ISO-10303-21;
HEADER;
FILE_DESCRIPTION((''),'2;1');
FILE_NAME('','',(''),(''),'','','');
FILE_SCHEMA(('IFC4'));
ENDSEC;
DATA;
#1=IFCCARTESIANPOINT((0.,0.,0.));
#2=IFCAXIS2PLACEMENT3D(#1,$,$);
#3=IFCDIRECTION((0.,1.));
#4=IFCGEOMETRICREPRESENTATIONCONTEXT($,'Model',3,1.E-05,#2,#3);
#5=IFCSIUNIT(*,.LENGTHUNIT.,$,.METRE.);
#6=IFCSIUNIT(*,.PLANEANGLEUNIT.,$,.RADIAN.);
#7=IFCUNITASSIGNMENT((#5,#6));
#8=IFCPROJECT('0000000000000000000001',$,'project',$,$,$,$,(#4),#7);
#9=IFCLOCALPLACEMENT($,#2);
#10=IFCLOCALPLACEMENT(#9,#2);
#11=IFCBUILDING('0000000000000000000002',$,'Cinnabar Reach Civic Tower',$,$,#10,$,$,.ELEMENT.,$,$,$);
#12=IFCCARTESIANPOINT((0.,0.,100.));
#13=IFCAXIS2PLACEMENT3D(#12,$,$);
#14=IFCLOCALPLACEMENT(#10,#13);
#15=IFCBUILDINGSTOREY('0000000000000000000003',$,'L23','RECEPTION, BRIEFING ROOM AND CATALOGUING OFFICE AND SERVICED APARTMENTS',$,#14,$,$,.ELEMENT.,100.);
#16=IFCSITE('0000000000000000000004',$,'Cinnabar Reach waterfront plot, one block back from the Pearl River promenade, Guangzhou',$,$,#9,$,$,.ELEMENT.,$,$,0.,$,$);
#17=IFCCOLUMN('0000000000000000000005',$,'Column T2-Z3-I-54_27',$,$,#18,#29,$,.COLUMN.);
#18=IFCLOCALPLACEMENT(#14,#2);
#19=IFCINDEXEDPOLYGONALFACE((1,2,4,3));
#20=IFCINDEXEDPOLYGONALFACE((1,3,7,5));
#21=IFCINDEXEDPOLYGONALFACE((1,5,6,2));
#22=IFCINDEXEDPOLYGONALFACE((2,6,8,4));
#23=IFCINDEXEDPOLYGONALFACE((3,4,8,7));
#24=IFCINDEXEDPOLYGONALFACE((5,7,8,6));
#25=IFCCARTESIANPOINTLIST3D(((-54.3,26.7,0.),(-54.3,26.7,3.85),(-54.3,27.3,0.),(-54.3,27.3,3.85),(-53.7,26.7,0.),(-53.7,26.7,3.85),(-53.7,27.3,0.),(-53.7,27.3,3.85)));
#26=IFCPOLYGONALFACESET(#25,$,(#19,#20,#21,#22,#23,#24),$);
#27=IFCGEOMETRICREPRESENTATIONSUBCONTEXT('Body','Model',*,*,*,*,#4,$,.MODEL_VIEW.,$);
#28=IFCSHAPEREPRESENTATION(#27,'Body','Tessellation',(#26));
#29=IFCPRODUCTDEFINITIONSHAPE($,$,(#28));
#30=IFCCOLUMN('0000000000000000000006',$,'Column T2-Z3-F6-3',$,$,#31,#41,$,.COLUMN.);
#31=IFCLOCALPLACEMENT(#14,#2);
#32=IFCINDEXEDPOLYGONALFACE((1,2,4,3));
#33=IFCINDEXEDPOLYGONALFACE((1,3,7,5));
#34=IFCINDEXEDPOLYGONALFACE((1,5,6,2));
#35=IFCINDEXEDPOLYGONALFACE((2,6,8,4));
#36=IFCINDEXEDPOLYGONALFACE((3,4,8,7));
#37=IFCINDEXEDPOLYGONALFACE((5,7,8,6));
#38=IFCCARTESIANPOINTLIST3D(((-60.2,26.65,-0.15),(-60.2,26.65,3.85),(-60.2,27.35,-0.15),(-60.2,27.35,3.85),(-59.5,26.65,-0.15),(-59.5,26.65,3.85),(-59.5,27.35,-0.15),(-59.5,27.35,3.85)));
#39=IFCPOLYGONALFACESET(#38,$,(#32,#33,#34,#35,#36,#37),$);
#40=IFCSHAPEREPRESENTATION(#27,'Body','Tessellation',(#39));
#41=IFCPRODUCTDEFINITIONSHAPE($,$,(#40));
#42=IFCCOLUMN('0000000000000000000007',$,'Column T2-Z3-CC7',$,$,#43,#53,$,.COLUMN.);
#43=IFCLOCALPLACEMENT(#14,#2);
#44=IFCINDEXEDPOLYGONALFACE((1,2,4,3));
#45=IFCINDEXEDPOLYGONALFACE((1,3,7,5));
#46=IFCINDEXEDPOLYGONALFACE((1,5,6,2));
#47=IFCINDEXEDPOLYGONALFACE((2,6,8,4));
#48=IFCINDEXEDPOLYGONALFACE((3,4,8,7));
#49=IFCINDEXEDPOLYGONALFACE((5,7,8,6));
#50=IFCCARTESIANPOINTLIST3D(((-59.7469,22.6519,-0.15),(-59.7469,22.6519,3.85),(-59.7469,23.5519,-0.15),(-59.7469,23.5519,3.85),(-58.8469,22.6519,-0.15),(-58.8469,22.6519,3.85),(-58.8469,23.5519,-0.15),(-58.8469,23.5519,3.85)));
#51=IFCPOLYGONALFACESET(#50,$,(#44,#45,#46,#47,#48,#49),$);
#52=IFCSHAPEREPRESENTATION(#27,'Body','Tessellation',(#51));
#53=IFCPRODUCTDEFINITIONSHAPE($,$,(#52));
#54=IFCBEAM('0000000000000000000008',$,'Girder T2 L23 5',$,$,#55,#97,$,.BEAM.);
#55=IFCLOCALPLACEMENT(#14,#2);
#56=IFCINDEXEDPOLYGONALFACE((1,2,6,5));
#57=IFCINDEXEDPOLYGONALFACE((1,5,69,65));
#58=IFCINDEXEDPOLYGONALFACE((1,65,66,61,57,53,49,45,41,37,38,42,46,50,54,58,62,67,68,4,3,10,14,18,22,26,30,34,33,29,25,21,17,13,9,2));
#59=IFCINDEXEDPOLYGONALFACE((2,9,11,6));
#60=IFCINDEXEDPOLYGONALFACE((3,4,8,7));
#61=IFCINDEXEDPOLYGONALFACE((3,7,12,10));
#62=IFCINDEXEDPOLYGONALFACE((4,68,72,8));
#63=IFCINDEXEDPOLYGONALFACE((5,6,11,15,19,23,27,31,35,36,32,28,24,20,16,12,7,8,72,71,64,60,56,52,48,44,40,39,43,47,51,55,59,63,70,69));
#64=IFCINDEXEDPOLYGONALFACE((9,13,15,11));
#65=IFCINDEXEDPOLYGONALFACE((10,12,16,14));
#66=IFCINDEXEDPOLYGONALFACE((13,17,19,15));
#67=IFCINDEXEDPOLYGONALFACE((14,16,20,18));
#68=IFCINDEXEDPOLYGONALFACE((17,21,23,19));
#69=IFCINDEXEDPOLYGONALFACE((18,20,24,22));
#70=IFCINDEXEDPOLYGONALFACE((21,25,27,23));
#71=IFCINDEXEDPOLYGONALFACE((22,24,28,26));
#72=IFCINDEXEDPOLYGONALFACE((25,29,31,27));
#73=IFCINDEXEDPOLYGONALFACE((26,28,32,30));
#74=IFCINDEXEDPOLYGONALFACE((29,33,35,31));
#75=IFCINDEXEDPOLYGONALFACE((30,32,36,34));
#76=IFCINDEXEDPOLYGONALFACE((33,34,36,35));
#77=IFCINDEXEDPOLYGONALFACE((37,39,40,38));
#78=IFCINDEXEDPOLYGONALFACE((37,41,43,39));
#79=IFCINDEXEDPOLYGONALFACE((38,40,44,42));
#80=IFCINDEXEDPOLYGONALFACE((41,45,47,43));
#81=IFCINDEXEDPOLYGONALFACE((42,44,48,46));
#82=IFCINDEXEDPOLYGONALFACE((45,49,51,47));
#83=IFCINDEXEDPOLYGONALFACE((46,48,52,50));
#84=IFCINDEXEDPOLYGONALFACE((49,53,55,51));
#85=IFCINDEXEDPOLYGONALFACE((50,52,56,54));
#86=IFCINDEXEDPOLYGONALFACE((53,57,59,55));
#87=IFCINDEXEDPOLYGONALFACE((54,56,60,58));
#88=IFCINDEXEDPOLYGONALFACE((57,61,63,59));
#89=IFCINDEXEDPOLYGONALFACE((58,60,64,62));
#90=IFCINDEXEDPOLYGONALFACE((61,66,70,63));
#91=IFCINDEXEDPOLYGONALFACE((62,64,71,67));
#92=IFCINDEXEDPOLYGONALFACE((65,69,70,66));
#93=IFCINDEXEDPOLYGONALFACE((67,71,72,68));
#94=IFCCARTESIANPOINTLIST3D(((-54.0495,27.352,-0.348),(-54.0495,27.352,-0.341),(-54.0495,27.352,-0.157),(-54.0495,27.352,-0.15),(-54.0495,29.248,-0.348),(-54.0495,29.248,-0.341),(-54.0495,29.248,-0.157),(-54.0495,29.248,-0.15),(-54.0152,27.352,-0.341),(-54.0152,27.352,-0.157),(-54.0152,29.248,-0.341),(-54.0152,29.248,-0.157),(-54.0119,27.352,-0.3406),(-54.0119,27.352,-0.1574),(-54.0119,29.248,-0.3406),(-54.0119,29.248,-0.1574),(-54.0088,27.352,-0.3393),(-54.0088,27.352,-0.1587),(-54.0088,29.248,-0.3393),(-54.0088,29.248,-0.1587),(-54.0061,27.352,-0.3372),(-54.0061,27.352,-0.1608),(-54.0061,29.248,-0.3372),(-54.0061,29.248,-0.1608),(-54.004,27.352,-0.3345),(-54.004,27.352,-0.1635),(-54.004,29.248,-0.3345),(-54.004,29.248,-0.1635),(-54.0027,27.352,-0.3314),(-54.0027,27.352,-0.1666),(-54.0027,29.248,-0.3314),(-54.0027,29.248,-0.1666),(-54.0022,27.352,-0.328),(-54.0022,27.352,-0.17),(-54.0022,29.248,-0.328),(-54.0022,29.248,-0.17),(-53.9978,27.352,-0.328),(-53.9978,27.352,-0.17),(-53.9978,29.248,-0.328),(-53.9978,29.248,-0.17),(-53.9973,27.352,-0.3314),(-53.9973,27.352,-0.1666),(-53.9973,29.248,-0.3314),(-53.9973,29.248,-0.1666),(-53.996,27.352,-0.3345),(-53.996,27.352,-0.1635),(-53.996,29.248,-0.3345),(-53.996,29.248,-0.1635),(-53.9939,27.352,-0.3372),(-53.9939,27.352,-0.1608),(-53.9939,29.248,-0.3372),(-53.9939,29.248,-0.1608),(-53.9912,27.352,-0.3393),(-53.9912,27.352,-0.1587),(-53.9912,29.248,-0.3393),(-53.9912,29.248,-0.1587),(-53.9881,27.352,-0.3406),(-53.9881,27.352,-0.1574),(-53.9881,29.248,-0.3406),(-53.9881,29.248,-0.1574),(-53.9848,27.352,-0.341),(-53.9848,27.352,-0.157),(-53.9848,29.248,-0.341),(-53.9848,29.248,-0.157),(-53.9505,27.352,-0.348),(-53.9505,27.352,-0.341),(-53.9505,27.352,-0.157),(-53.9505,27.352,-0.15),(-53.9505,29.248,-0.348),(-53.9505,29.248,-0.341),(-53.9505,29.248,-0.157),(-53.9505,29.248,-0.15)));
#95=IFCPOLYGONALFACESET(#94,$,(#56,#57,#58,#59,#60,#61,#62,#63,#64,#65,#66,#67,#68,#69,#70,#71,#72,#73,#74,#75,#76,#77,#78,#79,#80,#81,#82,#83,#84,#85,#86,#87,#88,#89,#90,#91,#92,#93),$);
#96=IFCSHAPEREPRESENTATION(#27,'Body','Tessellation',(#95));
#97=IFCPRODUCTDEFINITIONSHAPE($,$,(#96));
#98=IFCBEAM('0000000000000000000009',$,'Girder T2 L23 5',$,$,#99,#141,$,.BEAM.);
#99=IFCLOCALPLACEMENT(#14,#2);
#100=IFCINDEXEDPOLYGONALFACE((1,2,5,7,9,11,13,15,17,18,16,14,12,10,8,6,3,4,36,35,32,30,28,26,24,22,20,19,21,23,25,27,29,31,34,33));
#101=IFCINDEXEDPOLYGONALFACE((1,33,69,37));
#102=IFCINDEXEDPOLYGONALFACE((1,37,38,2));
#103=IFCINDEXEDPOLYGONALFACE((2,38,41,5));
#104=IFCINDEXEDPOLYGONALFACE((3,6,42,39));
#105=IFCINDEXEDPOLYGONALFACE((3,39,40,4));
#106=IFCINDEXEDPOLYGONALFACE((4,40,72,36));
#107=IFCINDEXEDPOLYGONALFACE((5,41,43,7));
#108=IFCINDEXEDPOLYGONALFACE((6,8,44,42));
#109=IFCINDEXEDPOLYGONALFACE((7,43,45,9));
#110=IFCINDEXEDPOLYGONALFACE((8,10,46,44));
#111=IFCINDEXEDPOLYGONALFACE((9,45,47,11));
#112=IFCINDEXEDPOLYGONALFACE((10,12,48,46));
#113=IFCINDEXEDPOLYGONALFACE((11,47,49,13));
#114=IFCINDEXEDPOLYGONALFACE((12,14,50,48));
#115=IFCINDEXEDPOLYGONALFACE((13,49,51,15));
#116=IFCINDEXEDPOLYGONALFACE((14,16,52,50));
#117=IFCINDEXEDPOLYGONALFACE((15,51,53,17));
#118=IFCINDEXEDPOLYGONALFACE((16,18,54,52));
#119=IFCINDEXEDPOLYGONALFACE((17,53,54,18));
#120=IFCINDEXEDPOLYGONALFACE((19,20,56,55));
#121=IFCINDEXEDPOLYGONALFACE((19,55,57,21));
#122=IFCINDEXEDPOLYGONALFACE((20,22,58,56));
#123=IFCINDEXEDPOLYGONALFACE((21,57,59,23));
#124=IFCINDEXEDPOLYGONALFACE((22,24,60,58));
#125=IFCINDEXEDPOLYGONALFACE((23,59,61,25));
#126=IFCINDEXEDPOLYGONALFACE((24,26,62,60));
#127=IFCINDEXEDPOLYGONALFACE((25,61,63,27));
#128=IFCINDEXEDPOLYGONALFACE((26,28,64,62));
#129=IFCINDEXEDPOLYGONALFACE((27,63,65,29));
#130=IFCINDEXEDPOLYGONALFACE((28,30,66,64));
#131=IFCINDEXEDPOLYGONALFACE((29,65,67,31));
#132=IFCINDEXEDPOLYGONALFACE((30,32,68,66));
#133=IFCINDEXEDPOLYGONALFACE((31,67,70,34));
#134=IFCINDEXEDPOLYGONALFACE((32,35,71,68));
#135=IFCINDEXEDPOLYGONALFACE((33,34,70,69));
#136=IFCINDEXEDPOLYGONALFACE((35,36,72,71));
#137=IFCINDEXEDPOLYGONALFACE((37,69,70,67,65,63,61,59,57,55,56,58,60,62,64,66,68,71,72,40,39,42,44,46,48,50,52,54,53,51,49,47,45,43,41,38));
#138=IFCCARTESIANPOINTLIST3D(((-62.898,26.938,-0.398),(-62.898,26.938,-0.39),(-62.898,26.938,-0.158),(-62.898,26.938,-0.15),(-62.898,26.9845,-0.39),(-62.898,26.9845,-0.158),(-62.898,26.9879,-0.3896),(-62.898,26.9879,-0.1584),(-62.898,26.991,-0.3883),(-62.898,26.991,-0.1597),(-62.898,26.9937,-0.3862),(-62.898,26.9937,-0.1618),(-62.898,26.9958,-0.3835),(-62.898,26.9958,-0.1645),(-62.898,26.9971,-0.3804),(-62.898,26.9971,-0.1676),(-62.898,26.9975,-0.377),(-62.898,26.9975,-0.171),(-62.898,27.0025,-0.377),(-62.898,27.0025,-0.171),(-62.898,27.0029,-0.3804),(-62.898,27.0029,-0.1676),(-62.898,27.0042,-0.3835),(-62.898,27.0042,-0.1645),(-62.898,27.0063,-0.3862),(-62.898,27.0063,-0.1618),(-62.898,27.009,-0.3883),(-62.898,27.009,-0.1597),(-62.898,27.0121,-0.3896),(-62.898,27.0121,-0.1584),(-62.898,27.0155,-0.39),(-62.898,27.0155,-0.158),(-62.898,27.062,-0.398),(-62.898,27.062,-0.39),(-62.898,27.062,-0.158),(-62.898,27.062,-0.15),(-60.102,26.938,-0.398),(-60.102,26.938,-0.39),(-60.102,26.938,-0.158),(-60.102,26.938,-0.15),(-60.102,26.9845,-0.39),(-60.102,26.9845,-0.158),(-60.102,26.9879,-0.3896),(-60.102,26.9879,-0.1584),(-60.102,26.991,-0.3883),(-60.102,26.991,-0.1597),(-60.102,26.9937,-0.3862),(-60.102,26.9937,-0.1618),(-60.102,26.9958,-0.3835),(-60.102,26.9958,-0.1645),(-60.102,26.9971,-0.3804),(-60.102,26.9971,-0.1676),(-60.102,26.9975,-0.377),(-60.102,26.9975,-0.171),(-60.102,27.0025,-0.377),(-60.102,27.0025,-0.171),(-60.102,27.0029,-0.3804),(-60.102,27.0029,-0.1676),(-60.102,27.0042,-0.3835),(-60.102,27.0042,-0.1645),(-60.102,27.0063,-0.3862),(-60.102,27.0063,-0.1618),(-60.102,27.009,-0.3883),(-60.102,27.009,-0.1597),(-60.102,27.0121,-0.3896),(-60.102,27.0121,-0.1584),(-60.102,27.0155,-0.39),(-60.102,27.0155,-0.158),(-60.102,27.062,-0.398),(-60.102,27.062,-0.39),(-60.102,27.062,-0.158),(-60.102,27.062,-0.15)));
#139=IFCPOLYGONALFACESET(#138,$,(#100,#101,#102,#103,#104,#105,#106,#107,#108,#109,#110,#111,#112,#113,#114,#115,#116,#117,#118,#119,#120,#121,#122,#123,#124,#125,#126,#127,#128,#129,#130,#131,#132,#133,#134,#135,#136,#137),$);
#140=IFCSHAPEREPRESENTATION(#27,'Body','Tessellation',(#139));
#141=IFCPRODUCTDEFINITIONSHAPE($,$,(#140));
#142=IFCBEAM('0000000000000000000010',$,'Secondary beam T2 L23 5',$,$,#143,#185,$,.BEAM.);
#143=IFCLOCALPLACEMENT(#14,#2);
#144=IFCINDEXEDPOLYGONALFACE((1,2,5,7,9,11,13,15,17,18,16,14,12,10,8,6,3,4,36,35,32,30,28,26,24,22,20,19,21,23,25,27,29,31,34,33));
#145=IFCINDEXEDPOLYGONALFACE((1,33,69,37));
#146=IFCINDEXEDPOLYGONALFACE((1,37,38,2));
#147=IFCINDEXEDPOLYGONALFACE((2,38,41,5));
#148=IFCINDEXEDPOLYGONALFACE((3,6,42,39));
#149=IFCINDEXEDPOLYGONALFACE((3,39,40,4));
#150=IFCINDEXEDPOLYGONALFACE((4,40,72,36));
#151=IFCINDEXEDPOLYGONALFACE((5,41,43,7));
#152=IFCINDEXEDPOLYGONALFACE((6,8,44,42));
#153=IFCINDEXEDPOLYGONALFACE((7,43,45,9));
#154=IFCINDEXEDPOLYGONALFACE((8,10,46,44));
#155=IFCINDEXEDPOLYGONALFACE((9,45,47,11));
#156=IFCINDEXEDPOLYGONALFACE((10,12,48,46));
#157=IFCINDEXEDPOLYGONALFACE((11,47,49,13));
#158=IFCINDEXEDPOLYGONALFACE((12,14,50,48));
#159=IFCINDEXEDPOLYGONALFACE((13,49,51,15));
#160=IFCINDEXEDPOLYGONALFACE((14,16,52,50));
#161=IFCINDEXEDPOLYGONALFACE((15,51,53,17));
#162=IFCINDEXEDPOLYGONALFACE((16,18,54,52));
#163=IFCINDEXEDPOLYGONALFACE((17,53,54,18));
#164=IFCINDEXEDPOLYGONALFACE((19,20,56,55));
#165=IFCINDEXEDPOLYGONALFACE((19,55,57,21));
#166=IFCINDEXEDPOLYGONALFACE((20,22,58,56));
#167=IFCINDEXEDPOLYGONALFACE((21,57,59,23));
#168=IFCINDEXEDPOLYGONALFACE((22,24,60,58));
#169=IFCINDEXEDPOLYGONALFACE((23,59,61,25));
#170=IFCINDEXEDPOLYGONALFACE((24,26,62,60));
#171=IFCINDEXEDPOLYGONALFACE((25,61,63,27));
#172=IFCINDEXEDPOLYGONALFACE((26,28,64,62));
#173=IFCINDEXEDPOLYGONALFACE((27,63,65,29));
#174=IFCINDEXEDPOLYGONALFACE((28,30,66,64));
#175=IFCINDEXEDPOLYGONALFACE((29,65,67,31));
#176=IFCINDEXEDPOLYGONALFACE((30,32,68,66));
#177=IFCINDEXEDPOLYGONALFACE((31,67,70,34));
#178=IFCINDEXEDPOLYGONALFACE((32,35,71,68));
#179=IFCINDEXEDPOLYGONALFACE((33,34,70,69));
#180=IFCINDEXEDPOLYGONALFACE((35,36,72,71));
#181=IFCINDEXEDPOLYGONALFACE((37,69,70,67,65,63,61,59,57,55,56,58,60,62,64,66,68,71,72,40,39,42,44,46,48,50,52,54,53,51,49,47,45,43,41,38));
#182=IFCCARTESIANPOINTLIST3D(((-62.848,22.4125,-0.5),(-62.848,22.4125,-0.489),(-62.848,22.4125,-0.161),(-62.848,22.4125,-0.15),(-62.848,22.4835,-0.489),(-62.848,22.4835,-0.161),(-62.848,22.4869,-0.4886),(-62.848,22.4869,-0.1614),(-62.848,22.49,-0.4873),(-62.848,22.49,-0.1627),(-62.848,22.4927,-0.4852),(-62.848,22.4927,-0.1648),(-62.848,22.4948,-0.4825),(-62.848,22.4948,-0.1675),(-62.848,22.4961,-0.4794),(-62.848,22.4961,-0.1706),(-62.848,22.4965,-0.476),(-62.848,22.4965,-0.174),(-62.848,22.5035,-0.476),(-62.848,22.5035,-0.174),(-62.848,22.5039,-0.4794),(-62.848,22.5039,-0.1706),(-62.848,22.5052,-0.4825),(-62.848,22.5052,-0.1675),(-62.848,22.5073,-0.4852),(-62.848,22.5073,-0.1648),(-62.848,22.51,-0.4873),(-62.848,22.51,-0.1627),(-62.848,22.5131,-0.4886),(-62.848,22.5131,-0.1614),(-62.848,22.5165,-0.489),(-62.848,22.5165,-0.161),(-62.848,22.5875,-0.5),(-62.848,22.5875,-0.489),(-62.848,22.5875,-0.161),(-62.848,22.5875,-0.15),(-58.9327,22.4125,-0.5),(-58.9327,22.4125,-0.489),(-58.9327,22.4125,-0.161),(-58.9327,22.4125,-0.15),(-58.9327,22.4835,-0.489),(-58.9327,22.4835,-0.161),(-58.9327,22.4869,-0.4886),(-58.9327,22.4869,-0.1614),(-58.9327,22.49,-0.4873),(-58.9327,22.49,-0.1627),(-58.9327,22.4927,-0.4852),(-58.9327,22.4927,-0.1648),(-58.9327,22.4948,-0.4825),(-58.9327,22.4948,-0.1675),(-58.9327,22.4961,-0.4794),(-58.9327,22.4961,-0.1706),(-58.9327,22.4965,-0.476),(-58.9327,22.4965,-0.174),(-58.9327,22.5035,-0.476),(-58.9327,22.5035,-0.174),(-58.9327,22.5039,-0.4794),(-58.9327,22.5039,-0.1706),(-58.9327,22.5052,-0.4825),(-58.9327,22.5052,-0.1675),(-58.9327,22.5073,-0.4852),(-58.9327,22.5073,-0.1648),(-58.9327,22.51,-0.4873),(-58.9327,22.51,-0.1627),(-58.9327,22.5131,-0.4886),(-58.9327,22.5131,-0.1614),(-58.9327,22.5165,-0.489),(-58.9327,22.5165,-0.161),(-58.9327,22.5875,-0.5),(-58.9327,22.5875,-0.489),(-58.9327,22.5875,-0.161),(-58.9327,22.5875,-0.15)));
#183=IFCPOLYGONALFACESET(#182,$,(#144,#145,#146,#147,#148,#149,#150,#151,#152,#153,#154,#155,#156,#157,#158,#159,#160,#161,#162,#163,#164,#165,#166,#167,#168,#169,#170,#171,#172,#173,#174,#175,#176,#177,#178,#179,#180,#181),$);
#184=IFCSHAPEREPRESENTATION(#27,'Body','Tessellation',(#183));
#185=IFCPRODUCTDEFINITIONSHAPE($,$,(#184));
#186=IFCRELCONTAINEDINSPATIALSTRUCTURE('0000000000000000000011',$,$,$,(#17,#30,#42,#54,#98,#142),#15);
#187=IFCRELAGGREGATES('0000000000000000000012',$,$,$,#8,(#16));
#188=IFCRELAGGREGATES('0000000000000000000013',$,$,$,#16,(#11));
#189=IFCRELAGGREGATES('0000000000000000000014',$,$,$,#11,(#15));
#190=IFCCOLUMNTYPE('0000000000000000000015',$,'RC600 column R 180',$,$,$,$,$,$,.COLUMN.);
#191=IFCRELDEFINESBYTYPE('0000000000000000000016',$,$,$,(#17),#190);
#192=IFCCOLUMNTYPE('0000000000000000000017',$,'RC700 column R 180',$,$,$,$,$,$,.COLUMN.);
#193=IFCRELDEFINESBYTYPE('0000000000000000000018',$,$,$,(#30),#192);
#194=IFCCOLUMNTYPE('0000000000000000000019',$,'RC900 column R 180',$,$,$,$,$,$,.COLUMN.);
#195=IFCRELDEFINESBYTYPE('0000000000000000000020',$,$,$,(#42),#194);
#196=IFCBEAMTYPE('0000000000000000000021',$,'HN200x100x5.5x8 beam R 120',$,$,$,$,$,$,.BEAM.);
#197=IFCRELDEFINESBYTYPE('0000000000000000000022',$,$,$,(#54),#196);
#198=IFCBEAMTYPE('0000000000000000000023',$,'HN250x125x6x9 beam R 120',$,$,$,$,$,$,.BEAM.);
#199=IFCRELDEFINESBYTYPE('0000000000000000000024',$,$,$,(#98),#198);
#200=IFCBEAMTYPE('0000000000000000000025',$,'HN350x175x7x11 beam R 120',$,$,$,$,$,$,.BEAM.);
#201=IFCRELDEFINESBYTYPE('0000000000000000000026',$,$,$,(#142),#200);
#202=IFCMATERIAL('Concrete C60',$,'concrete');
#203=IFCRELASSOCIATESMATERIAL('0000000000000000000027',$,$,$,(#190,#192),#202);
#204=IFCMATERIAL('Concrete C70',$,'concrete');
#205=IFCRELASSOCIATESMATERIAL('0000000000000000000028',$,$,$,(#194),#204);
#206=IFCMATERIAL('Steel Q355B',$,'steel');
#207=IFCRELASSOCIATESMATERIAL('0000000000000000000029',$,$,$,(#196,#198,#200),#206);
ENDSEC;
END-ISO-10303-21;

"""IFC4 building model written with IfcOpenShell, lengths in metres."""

from ifc_helpers import new_model, si_unit, direction, frame, origin, origin_2d, place, context, subcontext, project, spatial, rectangle, i_section, extrude, material, material_profile, profile_set, type_object, element, save


model = new_model("IFC4")

# Units and contexts
model_context = context("Model", 3, precision=1e-05, world=origin(), true_north=direction((0.0, 1.0)))
body_context = subcontext(model_context, "Body", "Model", "MODEL_VIEW")
ifc_project = project(units=[si_unit("LENGTHUNIT", "METRE"), si_unit("PLANEANGLEUNIT", "RADIAN")], contexts=[model_context])

# Site, building, storey
site_placement = place(None, origin())
site = spatial("IfcSite", under=ifc_project, at=site_placement, Name="Cinnabar Reach waterfront plot, one block back from the Pearl River promenade, Guangzhou", CompositionType="ELEMENT", RefElevation=0.0)
building_placement = place(site_placement, origin())
building = spatial("IfcBuilding", under=site, at=building_placement, Name="Cinnabar Reach Civic Tower", CompositionType="ELEMENT")
storey_placement = place(building_placement, frame((0.0, 0.0, 100.0)))
storey = spatial("IfcBuildingStorey", under=building, at=storey_placement, Name="L23", Description="RECEPTION, BRIEFING ROOM AND CATALOGUING OFFICE AND SERVICED APARTMENTS", CompositionType="ELEMENT", Elevation=100.0)

# Columns
ifc_material_1 = material(Name="Concrete C60", Category="concrete")
ifc_material_profile_1 = material_profile(ifc_material_1, rectangle(XDim=0.6, YDim=0.6, at=origin_2d()), Name="RC600")
ifc_profile_set_1 = profile_set([ifc_material_profile_1], Name="Concrete C60")
column_type_1 = type_object("IfcColumnType", Name="RC600 column R 180", PredefinedType="COLUMN", material=ifc_profile_set_1)
column_1_placement = place(storey_placement, frame((-54.0, 27.0, 0.0), z_axis=(0.0, 0.0, 1.0), x_axis=(1.0, 0.0, 0.0)))
element("IfcColumn", 1, at=column_1_placement, inside=storey, type_object=column_type_1, Name="Column T2-Z3-I-54_27", PredefinedType="COLUMN", context=body_context, shape_type="SweptSolid", body=[
    extrude(rectangle(XDim=0.6, YDim=0.6, at=origin_2d()), origin(), (0.0, 0.0, 1.0), 3.85),
])
ifc_material_profile_2 = material_profile(ifc_material_1, rectangle(XDim=0.7, YDim=0.7, at=origin_2d()), Name="RC700")
ifc_profile_set_2 = profile_set([ifc_material_profile_2], Name="Concrete C60")
column_type_2 = type_object("IfcColumnType", Name="RC700 column R 180", PredefinedType="COLUMN", material=ifc_profile_set_2)
column_2_placement = place(storey_placement, frame((-59.85, 27.0, -0.15), z_axis=(0.0, 0.0, 1.0), x_axis=(1.0, 0.0, 0.0)))
element("IfcColumn", 2, at=column_2_placement, inside=storey, type_object=column_type_2, Name="Column T2-Z3-F6-3", PredefinedType="COLUMN", context=body_context, shape_type="SweptSolid", body=[
    extrude(rectangle(XDim=0.7, YDim=0.7, at=origin_2d()), origin(), (0.0, 0.0, 1.0), 4.0),
])
ifc_material_2 = material(Name="Concrete C70", Category="concrete")
ifc_material_profile_3 = material_profile(ifc_material_2, rectangle(XDim=0.9, YDim=0.9, at=origin_2d()), Name="RC900")
ifc_profile_set_3 = profile_set([ifc_material_profile_3], Name="Concrete C70")
column_type_3 = type_object("IfcColumnType", Name="RC900 column R 180", PredefinedType="COLUMN", material=ifc_profile_set_3)
column_3_placement = place(storey_placement, frame((-59.2969, 23.1019, -0.15), z_axis=(0.0, 0.0, 1.0), x_axis=(1.0, 0.0, 0.0)))
element("IfcColumn", 3, at=column_3_placement, inside=storey, type_object=column_type_3, Name="Column T2-Z3-CC7", PredefinedType="COLUMN", context=body_context, shape_type="SweptSolid", body=[
    extrude(rectangle(XDim=0.9, YDim=0.9, at=origin_2d()), origin(), (0.0, 0.0, 1.0), 4.0),
])

# Beams
ifc_material_3 = material(Name="Steel Q355B", Category="steel")
ifc_material_profile_4 = material_profile(ifc_material_3, i_section(OverallWidth=0.099, OverallDepth=0.198, WebThickness=0.0045, FlangeThickness=0.007, FilletRadius=0.013, at=origin_2d()), Name="HN200x100x5.5x8")
ifc_profile_set_4 = profile_set([ifc_material_profile_4], Name="Steel Q355B")
beam_type_1 = type_object("IfcBeamType", Name="HN200x100x5.5x8 beam R 120", PredefinedType="BEAM", material=ifc_profile_set_4)
beam_1_placement = place(storey_placement, frame((-54.0, 27.352, -0.249), z_axis=(0.0, 1.0, 0.0), x_axis=(-1.0, 0.0, 0.0)))
element("IfcBeam", 4, at=beam_1_placement, inside=storey, type_object=beam_type_1, Name="Girder T2 L23 5", PredefinedType="BEAM", context=body_context, shape_type="SweptSolid", body=[
    extrude(i_section(OverallWidth=0.099, OverallDepth=0.198, WebThickness=0.0045, FlangeThickness=0.007, FilletRadius=0.013, at=origin_2d()), origin(), (0.0, 0.0, 1.0), 1.896),
])
ifc_material_profile_5 = material_profile(ifc_material_3, i_section(OverallWidth=0.124, OverallDepth=0.248, WebThickness=0.005, FlangeThickness=0.008, FilletRadius=0.013, at=origin_2d()), Name="HN250x125x6x9")
ifc_profile_set_5 = profile_set([ifc_material_profile_5], Name="Steel Q355B")
beam_type_2 = type_object("IfcBeamType", Name="HN250x125x6x9 beam R 120", PredefinedType="BEAM", material=ifc_profile_set_5)
beam_2_placement = place(storey_placement, frame((-62.898, 27.0, -0.274), z_axis=(1.0, 0.0, 0.0), x_axis=(0.0, 1.0, 0.0)))
element("IfcBeam", 5, at=beam_2_placement, inside=storey, type_object=beam_type_2, Name="Girder T2 L23 5", PredefinedType="BEAM", context=body_context, shape_type="SweptSolid", body=[
    extrude(i_section(OverallWidth=0.124, OverallDepth=0.248, WebThickness=0.005, FlangeThickness=0.008, FilletRadius=0.013, at=origin_2d()), origin(), (0.0, 0.0, 1.0), 2.796),
])
ifc_material_profile_6 = material_profile(ifc_material_3, i_section(OverallWidth=0.175, OverallDepth=0.35, WebThickness=0.007, FlangeThickness=0.011, FilletRadius=0.013, at=origin_2d()), Name="HN350x175x7x11")
ifc_profile_set_6 = profile_set([ifc_material_profile_6], Name="Steel Q355B")
beam_type_3 = type_object("IfcBeamType", Name="HN350x175x7x11 beam R 120", PredefinedType="BEAM", material=ifc_profile_set_6)
beam_3_placement = place(storey_placement, frame((-62.848, 22.5, -0.325), z_axis=(1.0, 0.0, 0.0), x_axis=(0.0, 1.0, 0.0)))
element("IfcBeam", 6, at=beam_3_placement, inside=storey, type_object=beam_type_3, Name="Secondary beam T2 L23 5", PredefinedType="BEAM", context=body_context, shape_type="SweptSolid", body=[
    extrude(i_section(OverallWidth=0.175, OverallDepth=0.35, WebThickness=0.007, FlangeThickness=0.011, FilletRadius=0.013, at=origin_2d()), origin(), (0.0, 0.0, 1.0), 3.9153),
])

save(model, "model.ifc")
